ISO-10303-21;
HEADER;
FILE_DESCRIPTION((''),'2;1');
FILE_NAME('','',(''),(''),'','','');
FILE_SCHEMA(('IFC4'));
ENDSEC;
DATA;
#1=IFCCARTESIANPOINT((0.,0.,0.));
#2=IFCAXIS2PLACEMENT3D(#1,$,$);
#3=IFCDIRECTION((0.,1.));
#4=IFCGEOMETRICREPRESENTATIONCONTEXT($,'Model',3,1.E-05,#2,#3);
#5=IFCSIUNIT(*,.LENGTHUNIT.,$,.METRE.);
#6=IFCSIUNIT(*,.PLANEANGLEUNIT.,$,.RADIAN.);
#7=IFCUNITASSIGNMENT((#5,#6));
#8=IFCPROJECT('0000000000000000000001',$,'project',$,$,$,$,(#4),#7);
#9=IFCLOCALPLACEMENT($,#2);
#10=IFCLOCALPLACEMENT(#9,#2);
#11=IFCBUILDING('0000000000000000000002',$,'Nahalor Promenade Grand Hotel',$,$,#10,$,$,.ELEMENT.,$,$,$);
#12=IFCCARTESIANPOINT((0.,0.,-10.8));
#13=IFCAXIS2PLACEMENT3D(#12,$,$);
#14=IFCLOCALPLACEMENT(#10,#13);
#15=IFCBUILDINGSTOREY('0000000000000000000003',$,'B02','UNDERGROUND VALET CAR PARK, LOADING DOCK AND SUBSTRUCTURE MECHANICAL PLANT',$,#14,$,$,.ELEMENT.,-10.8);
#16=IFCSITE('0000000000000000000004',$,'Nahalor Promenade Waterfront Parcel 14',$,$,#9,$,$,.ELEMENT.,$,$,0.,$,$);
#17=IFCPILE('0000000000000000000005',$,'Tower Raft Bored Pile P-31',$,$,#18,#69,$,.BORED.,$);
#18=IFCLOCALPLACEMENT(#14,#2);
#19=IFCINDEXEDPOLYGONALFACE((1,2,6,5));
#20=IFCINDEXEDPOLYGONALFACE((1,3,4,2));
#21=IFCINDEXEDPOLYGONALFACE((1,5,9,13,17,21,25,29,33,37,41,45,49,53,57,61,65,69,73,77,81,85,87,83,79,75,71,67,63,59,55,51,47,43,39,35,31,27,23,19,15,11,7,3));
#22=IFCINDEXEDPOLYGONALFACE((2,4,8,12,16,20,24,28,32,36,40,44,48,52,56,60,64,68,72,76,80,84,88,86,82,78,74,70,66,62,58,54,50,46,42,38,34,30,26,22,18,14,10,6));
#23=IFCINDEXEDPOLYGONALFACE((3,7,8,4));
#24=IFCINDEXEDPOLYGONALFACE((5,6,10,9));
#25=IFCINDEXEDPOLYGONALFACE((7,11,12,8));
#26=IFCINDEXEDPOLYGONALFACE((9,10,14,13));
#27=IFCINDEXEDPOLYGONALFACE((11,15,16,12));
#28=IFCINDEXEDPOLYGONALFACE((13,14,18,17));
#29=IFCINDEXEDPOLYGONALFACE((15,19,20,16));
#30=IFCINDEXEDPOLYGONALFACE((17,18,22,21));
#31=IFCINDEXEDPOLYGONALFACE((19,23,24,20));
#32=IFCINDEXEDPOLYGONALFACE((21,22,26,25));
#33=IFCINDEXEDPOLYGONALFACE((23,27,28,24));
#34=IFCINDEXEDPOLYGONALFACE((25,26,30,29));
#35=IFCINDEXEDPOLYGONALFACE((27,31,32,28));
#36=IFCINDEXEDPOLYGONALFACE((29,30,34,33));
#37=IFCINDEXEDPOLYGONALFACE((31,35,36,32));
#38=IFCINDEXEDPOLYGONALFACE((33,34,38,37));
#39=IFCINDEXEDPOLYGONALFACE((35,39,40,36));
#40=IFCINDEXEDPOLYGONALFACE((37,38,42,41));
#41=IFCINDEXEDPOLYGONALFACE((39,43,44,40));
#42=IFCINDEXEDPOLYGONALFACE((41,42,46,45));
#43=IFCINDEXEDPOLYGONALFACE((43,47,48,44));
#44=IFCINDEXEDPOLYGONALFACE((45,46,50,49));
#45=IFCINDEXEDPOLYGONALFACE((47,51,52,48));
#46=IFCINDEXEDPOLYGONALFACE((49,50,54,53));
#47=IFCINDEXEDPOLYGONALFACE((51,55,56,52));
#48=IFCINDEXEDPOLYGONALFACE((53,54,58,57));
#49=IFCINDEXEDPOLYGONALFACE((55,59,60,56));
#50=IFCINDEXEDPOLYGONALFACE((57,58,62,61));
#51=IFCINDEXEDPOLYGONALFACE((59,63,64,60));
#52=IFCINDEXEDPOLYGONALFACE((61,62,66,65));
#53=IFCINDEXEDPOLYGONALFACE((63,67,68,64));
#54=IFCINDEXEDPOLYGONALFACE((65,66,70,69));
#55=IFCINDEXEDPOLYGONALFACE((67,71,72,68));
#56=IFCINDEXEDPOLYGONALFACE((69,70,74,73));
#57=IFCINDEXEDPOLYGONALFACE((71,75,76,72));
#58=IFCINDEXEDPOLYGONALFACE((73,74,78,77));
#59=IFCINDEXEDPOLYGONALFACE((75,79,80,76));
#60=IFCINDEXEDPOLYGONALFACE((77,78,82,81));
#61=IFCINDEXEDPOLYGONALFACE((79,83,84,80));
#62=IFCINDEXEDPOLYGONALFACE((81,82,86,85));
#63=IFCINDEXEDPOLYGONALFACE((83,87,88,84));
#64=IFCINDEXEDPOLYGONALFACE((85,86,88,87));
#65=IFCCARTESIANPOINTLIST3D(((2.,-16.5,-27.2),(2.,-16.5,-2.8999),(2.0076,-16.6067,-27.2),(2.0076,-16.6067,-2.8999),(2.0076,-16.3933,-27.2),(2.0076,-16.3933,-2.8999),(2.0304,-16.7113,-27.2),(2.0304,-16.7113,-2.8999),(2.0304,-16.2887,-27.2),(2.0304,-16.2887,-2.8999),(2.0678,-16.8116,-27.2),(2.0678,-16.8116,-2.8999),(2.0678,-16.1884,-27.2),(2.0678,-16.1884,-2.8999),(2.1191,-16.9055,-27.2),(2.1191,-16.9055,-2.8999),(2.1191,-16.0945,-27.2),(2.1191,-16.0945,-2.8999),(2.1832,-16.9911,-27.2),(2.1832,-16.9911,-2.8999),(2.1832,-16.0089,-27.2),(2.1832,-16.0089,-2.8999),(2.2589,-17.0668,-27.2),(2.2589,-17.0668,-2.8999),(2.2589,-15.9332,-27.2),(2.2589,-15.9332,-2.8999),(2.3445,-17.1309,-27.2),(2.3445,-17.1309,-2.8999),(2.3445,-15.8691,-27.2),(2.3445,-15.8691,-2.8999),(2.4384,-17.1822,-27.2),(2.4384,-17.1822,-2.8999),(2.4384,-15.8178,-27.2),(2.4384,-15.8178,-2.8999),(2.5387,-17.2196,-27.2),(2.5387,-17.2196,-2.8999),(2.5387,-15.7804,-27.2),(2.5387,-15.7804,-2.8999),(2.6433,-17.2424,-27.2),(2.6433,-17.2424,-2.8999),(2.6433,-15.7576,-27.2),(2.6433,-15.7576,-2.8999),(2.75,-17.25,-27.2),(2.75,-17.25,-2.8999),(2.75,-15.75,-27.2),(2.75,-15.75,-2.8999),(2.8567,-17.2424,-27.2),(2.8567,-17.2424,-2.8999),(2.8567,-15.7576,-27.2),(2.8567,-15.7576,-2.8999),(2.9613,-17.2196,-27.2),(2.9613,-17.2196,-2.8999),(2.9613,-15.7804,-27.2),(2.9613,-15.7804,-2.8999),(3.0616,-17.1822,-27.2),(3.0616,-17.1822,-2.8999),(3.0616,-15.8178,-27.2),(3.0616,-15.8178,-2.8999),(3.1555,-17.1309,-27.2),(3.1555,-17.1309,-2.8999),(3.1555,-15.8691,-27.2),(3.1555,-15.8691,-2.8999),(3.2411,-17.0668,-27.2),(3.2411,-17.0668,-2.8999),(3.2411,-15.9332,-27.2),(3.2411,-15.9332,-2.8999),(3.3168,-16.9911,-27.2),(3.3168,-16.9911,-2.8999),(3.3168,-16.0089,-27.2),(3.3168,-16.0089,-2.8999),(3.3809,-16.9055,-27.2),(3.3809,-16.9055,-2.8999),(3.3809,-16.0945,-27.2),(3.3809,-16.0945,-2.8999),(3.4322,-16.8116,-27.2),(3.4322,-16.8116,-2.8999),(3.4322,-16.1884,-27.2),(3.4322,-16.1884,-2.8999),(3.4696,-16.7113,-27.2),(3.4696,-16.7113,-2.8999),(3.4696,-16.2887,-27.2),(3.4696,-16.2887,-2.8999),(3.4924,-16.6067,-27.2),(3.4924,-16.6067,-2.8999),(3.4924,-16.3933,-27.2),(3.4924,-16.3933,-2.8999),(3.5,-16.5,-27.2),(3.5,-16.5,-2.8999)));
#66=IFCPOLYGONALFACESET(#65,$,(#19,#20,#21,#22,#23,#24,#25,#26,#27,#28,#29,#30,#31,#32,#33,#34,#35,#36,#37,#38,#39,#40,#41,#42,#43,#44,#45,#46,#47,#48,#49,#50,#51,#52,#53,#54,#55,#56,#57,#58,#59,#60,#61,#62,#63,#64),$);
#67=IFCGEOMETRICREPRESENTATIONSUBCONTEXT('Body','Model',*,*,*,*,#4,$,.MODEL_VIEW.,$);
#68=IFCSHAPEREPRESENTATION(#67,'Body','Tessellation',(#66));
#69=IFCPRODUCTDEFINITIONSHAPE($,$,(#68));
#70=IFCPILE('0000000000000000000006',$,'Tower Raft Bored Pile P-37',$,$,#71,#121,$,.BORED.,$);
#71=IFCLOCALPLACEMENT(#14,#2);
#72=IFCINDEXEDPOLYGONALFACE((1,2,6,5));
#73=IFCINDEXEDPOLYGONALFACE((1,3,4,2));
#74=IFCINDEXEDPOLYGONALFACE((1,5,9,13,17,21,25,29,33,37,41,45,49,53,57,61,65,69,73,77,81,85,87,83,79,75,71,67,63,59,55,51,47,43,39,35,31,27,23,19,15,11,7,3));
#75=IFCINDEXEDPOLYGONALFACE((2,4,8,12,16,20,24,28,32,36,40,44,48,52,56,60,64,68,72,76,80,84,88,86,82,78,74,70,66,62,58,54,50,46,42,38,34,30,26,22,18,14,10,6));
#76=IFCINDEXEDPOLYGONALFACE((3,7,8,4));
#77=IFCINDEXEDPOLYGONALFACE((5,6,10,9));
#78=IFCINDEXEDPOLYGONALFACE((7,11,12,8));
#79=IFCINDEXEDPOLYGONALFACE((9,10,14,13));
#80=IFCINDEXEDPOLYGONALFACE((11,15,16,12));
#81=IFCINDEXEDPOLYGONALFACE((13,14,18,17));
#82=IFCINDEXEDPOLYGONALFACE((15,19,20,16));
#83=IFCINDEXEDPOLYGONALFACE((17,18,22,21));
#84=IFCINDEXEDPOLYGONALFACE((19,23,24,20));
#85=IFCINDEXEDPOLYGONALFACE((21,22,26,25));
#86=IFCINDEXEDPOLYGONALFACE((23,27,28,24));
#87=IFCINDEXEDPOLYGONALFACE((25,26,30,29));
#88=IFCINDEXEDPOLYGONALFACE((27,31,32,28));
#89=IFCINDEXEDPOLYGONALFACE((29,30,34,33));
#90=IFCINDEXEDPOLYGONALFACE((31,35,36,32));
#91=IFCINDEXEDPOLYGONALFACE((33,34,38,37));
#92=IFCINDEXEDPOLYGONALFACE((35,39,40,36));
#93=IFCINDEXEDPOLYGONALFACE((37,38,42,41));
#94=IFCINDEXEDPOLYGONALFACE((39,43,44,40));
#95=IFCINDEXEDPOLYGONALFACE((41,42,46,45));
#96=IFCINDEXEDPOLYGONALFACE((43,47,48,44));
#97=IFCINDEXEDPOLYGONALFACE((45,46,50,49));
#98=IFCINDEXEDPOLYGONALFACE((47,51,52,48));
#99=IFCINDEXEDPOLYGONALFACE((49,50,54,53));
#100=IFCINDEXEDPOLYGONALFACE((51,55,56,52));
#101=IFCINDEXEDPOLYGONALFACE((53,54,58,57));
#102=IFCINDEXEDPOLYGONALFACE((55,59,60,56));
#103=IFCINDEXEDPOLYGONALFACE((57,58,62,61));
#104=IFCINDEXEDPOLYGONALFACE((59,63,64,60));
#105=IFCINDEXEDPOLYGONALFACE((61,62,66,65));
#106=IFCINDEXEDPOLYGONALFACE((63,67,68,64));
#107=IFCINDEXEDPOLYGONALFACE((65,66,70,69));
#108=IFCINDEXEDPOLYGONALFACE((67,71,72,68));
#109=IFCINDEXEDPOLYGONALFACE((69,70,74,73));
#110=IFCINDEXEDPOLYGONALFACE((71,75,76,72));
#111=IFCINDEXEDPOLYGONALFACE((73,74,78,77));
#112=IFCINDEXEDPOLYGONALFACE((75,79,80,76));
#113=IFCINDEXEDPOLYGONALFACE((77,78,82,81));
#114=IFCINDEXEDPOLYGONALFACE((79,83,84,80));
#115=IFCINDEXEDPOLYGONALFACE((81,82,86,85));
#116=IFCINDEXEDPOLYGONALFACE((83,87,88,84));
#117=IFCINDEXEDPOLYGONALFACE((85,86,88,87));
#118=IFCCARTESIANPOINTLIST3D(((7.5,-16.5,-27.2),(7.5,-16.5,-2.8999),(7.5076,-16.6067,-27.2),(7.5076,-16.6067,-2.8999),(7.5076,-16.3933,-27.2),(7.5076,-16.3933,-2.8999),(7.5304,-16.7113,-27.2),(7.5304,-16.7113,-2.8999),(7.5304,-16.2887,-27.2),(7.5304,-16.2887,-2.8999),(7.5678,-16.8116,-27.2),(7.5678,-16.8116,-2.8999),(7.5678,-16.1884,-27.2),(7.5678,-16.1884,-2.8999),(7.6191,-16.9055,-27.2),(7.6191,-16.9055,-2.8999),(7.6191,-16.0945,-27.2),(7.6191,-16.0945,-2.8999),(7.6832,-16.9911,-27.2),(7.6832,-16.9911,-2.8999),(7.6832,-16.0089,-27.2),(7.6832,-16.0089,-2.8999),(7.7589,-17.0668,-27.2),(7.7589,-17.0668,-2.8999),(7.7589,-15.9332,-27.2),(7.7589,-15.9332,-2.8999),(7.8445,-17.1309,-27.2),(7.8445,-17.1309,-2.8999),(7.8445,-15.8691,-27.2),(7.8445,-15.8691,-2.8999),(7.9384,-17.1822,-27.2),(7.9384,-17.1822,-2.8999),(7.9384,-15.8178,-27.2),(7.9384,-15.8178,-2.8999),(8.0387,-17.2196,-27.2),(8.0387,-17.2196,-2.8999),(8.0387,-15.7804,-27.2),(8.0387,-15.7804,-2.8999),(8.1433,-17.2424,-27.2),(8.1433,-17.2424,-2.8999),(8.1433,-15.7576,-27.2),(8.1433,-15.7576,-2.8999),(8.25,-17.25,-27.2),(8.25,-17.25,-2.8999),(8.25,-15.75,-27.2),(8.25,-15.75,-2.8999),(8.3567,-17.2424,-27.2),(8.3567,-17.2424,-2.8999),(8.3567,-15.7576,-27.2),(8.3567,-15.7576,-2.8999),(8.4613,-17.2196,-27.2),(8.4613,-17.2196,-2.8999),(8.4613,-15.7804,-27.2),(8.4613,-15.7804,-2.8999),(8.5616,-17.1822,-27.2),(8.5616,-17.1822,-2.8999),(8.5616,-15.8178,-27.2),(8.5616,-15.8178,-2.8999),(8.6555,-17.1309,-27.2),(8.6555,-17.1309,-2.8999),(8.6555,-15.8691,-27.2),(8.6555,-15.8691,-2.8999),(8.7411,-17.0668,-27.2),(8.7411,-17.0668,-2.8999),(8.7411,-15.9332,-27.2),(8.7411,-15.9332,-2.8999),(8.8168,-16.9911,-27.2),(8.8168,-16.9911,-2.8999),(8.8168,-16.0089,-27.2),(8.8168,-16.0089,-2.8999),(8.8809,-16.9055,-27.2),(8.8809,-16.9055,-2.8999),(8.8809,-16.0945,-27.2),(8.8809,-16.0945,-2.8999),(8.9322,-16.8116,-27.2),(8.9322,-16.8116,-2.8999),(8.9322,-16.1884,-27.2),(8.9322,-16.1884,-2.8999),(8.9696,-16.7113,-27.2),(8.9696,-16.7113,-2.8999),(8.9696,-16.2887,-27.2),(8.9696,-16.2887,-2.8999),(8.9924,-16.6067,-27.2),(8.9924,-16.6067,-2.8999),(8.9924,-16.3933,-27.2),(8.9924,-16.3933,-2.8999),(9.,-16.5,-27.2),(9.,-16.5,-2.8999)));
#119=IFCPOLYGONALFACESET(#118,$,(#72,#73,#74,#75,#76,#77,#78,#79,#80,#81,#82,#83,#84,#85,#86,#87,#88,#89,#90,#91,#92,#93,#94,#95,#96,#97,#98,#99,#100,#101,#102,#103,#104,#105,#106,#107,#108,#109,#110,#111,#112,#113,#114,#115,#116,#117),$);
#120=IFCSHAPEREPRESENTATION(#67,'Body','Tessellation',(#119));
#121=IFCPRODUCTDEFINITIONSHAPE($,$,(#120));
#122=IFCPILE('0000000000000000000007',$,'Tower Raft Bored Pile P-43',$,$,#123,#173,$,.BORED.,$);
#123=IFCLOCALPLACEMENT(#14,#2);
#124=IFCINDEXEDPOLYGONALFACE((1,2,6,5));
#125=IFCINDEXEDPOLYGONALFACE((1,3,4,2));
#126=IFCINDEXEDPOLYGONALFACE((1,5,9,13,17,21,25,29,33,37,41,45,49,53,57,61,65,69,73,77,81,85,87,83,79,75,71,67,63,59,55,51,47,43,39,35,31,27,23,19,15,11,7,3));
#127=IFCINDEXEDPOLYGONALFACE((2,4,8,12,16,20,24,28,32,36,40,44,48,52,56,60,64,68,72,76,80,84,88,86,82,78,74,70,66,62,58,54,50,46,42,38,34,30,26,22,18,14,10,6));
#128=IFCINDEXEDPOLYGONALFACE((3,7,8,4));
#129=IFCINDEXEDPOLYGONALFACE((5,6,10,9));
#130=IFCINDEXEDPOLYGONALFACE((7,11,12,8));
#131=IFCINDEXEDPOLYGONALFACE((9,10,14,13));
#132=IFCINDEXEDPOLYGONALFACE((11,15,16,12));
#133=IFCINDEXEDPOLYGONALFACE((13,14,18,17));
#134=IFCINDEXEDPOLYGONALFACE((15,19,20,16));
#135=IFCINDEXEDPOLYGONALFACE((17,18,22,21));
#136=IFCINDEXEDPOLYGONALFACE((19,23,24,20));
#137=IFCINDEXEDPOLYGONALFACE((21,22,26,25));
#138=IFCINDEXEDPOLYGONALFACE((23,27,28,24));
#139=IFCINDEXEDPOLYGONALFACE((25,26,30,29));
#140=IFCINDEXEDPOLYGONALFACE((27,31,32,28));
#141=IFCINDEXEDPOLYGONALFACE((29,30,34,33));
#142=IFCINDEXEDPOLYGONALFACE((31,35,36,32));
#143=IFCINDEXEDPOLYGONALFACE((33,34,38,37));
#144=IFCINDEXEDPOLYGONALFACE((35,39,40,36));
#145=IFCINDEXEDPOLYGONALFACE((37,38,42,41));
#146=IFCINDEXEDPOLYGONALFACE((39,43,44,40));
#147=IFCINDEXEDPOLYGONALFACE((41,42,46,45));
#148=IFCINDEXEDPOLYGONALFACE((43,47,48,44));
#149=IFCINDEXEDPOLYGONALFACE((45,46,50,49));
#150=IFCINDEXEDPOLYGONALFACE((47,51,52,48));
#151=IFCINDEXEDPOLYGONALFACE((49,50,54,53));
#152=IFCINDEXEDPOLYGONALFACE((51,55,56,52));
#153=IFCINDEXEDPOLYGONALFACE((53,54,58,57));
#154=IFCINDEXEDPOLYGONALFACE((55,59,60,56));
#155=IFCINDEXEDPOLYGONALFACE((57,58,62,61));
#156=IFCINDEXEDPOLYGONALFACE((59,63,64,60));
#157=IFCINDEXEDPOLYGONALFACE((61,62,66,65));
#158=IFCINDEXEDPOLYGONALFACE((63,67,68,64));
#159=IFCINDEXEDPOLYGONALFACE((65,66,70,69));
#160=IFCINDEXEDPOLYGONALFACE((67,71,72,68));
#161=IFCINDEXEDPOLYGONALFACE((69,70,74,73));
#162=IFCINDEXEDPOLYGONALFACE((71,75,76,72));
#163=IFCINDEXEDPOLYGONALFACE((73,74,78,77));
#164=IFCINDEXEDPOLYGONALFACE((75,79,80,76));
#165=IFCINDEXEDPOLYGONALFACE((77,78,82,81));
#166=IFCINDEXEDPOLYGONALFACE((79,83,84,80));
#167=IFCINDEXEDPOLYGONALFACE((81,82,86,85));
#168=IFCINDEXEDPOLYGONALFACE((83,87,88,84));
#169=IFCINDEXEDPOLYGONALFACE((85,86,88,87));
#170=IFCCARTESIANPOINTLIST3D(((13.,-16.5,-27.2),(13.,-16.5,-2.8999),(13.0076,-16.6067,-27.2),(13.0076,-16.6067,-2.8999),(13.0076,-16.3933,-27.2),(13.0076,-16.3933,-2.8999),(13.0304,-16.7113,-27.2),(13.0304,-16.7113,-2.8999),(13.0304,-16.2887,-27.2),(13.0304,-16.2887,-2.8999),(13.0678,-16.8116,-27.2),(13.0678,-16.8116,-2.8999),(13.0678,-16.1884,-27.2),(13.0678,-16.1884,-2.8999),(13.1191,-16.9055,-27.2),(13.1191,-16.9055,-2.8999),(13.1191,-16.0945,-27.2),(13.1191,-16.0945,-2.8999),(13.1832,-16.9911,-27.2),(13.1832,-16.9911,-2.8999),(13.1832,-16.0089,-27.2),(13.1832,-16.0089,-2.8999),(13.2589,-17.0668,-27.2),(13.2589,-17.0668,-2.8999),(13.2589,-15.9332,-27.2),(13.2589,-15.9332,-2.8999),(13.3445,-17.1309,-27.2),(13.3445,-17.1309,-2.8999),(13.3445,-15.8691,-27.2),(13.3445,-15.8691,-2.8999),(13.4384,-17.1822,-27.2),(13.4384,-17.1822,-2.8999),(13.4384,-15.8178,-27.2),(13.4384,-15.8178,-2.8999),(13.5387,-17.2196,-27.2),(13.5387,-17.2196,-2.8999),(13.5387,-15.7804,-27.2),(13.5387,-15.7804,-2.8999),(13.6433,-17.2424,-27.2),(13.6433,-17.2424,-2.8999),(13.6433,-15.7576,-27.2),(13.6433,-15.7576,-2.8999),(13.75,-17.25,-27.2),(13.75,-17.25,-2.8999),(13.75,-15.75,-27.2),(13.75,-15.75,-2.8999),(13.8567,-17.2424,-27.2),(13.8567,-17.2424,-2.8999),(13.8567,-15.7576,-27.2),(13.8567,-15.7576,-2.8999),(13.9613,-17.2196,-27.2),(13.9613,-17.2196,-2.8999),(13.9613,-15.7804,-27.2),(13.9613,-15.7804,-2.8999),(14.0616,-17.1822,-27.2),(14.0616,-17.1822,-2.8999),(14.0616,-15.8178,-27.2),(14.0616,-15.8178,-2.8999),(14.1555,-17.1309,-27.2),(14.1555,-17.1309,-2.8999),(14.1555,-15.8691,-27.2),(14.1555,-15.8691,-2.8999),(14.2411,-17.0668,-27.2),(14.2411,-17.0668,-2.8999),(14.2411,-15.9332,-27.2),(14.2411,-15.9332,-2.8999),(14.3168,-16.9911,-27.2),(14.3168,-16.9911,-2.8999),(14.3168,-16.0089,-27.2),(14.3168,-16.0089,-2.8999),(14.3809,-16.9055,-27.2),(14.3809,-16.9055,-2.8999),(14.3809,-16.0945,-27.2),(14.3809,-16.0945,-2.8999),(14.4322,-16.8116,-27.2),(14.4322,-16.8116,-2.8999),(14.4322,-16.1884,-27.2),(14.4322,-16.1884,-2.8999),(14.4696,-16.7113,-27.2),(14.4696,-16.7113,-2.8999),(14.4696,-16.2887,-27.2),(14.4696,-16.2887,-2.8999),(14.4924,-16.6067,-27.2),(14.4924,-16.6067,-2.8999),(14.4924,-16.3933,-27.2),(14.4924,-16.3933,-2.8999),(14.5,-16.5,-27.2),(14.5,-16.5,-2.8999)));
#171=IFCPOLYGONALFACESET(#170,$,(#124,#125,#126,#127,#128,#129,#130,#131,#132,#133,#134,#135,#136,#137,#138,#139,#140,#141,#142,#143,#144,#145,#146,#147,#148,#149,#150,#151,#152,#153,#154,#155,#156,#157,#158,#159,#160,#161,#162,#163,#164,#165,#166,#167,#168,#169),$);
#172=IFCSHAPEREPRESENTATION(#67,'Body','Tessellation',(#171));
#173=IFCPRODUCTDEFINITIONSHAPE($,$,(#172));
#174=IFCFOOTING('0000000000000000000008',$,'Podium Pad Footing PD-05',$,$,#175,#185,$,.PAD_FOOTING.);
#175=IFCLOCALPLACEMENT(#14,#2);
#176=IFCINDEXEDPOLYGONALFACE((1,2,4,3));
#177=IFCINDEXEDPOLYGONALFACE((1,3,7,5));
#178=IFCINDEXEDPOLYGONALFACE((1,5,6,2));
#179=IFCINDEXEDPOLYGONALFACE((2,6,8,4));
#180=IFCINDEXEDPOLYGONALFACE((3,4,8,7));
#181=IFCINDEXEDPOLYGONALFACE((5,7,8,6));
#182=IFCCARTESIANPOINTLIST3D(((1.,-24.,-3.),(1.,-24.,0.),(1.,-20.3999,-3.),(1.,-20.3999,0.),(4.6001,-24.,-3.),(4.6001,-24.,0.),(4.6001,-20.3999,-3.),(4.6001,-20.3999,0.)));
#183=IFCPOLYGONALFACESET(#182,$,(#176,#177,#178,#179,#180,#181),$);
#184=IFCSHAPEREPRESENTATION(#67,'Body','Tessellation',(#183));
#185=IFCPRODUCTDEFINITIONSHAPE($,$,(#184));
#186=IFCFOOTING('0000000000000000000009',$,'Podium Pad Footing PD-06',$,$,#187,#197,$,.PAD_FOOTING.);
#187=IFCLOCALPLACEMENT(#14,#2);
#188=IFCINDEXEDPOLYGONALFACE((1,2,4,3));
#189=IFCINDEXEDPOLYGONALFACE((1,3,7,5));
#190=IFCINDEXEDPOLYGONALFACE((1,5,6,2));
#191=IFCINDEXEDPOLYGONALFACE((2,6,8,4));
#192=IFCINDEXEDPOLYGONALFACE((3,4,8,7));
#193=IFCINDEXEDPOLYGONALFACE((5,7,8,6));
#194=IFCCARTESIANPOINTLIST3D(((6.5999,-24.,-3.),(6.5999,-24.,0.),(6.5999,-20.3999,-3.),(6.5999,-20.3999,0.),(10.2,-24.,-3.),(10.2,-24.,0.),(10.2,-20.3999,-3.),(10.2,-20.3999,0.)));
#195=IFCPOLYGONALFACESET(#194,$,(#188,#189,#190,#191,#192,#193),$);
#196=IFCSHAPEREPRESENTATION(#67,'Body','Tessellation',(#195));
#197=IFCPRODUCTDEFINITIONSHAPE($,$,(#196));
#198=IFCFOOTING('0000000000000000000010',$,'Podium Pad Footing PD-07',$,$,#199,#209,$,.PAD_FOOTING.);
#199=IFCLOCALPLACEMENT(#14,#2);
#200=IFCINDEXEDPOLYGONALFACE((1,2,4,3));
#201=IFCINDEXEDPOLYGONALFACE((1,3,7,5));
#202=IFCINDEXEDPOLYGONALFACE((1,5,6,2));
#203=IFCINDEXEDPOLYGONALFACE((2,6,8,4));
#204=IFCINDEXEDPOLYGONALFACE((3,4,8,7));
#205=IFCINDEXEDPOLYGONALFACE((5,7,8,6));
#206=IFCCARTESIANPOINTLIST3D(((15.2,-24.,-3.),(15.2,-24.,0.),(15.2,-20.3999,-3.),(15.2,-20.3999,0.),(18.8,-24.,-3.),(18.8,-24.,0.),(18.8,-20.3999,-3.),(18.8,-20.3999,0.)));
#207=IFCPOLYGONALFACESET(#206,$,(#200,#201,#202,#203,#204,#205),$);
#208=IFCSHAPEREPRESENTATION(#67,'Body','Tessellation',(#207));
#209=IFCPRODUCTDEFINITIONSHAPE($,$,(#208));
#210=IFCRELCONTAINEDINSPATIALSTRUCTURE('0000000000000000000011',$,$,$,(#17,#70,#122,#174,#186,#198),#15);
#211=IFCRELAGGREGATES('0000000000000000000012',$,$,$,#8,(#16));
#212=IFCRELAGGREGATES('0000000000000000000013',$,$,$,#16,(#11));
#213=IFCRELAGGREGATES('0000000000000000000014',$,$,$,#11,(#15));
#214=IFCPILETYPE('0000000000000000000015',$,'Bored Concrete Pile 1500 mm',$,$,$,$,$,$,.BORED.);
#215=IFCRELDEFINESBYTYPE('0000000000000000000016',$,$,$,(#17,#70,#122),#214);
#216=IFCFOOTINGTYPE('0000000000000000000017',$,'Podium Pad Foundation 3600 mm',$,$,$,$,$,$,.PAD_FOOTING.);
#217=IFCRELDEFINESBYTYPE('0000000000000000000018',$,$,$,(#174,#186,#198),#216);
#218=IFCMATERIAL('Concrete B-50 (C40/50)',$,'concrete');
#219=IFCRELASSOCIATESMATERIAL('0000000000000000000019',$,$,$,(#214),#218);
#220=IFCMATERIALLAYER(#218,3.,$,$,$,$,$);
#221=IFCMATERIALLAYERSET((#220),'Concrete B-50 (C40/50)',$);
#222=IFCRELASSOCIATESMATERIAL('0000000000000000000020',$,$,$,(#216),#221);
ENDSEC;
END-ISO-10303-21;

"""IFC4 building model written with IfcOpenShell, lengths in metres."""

from ifc_helpers import new_model, si_unit, direction, frame, origin, origin_2d, place, context, subcontext, project, spatial, rectangle, circle, extrude, source, transform, mapped, material, layer, layer_set, material_profile, profile_set, type_object, element, save


model = new_model("IFC4")

# Units and contexts
model_context = context("Model", 3, precision=1e-05, world=origin(), true_north=direction((0.0, 1.0)))
body_context = subcontext(model_context, "Body", "Model", "MODEL_VIEW")
ifc_project = project(units=[si_unit("LENGTHUNIT", "METRE"), si_unit("PLANEANGLEUNIT", "RADIAN")], contexts=[model_context])

# Site, building, storey
site_placement = place(None, origin())
site = spatial("IfcSite", under=ifc_project, at=site_placement, Name="Nahalor Promenade Waterfront Parcel 14", CompositionType="ELEMENT", RefElevation=0.0)
building_placement = place(site_placement, origin())
building = spatial("IfcBuilding", under=site, at=building_placement, Name="Nahalor Promenade Grand Hotel", CompositionType="ELEMENT")
storey_placement = place(building_placement, frame((0.0, 0.0, -10.8)))
storey = spatial("IfcBuildingStorey", under=building, at=storey_placement, Name="B02", Description="UNDERGROUND VALET CAR PARK, LOADING DOCK AND SUBSTRUCTURE MECHANICAL PLANT", CompositionType="ELEMENT", Elevation=-10.8)

# Piles
ifc_material_1 = material(Name="Concrete B-50 (C40/50)", Category="concrete")
ifc_material_profile_1 = material_profile(ifc_material_1, circle(Radius=0.75, at=origin_2d()), Name="PILE D1500")
ifc_profile_set_1 = profile_set([ifc_material_profile_1], Name="Concrete B-50 (C40/50)")
pile_type = type_object("IfcPileType", Name="Bored Concrete Pile 1500 mm", PredefinedType="BORED", material=ifc_profile_set_1)
shared_shape_1 = source(origin(), body_context, "Body", "SweptSolid", [
    extrude(circle(Radius=0.75, at=origin_2d()), origin(), (0.0, 0.0, 1.0), 24.3),
])
for number, where, z_axis, x_axis, name in (
    (1, (2.75, -16.5, -2.8999), (0.0, 0.0, -1.0), (1.0, 0.0, 0.0), "Tower Raft Bored Pile P-31"),
    (2, (8.25, -16.5, -2.8999), (0.0, 0.0, -1.0), (1.0, 0.0, 0.0), "Tower Raft Bored Pile P-37"),
    (3, (13.75, -16.5, -2.8999), (0.0, 0.0, -1.0), (1.0, 0.0, 0.0), "Tower Raft Bored Pile P-43"),
):
    element("IfcPile", number, at=place(storey_placement, frame(where, z_axis=z_axis, x_axis=x_axis)), inside=storey, type_object=pile_type, Name=name, PredefinedType="BORED", context=body_context, shape_type="MappedRepresentation", body=[
        mapped(shared_shape_1, transform((0.0, 0.0, 0.0), scale=1.0)),
    ])

# Footings
ifc_layer_1 = layer(ifc_material_1, 3.0)
ifc_layer_set_1 = layer_set([ifc_layer_1], Name="Concrete B-50 (C40/50)")
footing_type_1 = type_object("IfcFootingType", Name="Podium Pad Foundation 3600 mm", PredefinedType="PAD_FOOTING", material=ifc_layer_set_1)
shared_shape_2 = source(origin(), body_context, "Body", "SweptSolid", [
    extrude(rectangle(XDim=3.6001, YDim=3.6001, at=origin_2d()), origin(), (0.0, 0.0, 1.0), 3.0),
])
for number, where, z_axis, x_axis, name in (
    (4, (2.8, -22.2, -3.0), (0.0, 0.0, 1.0), (1.0, 0.0, 0.0), "Podium Pad Footing PD-05"),
    (5, (8.3999, -22.2, -3.0), (0.0, 0.0, 1.0), (1.0, 0.0, 0.0), "Podium Pad Footing PD-06"),
    (6, (17.0, -22.2, -3.0), (0.0, 0.0, 1.0), (1.0, 0.0, 0.0), "Podium Pad Footing PD-07"),
):
    element("IfcFooting", number, at=place(storey_placement, frame(where, z_axis=z_axis, x_axis=x_axis)), inside=storey, type_object=footing_type_1, Name=name, PredefinedType="PAD_FOOTING", context=body_context, shape_type="MappedRepresentation", body=[
        mapped(shared_shape_2, transform((0.0, 0.0, 0.0), scale=1.0)),
    ])

save(model, "model.ifc")
